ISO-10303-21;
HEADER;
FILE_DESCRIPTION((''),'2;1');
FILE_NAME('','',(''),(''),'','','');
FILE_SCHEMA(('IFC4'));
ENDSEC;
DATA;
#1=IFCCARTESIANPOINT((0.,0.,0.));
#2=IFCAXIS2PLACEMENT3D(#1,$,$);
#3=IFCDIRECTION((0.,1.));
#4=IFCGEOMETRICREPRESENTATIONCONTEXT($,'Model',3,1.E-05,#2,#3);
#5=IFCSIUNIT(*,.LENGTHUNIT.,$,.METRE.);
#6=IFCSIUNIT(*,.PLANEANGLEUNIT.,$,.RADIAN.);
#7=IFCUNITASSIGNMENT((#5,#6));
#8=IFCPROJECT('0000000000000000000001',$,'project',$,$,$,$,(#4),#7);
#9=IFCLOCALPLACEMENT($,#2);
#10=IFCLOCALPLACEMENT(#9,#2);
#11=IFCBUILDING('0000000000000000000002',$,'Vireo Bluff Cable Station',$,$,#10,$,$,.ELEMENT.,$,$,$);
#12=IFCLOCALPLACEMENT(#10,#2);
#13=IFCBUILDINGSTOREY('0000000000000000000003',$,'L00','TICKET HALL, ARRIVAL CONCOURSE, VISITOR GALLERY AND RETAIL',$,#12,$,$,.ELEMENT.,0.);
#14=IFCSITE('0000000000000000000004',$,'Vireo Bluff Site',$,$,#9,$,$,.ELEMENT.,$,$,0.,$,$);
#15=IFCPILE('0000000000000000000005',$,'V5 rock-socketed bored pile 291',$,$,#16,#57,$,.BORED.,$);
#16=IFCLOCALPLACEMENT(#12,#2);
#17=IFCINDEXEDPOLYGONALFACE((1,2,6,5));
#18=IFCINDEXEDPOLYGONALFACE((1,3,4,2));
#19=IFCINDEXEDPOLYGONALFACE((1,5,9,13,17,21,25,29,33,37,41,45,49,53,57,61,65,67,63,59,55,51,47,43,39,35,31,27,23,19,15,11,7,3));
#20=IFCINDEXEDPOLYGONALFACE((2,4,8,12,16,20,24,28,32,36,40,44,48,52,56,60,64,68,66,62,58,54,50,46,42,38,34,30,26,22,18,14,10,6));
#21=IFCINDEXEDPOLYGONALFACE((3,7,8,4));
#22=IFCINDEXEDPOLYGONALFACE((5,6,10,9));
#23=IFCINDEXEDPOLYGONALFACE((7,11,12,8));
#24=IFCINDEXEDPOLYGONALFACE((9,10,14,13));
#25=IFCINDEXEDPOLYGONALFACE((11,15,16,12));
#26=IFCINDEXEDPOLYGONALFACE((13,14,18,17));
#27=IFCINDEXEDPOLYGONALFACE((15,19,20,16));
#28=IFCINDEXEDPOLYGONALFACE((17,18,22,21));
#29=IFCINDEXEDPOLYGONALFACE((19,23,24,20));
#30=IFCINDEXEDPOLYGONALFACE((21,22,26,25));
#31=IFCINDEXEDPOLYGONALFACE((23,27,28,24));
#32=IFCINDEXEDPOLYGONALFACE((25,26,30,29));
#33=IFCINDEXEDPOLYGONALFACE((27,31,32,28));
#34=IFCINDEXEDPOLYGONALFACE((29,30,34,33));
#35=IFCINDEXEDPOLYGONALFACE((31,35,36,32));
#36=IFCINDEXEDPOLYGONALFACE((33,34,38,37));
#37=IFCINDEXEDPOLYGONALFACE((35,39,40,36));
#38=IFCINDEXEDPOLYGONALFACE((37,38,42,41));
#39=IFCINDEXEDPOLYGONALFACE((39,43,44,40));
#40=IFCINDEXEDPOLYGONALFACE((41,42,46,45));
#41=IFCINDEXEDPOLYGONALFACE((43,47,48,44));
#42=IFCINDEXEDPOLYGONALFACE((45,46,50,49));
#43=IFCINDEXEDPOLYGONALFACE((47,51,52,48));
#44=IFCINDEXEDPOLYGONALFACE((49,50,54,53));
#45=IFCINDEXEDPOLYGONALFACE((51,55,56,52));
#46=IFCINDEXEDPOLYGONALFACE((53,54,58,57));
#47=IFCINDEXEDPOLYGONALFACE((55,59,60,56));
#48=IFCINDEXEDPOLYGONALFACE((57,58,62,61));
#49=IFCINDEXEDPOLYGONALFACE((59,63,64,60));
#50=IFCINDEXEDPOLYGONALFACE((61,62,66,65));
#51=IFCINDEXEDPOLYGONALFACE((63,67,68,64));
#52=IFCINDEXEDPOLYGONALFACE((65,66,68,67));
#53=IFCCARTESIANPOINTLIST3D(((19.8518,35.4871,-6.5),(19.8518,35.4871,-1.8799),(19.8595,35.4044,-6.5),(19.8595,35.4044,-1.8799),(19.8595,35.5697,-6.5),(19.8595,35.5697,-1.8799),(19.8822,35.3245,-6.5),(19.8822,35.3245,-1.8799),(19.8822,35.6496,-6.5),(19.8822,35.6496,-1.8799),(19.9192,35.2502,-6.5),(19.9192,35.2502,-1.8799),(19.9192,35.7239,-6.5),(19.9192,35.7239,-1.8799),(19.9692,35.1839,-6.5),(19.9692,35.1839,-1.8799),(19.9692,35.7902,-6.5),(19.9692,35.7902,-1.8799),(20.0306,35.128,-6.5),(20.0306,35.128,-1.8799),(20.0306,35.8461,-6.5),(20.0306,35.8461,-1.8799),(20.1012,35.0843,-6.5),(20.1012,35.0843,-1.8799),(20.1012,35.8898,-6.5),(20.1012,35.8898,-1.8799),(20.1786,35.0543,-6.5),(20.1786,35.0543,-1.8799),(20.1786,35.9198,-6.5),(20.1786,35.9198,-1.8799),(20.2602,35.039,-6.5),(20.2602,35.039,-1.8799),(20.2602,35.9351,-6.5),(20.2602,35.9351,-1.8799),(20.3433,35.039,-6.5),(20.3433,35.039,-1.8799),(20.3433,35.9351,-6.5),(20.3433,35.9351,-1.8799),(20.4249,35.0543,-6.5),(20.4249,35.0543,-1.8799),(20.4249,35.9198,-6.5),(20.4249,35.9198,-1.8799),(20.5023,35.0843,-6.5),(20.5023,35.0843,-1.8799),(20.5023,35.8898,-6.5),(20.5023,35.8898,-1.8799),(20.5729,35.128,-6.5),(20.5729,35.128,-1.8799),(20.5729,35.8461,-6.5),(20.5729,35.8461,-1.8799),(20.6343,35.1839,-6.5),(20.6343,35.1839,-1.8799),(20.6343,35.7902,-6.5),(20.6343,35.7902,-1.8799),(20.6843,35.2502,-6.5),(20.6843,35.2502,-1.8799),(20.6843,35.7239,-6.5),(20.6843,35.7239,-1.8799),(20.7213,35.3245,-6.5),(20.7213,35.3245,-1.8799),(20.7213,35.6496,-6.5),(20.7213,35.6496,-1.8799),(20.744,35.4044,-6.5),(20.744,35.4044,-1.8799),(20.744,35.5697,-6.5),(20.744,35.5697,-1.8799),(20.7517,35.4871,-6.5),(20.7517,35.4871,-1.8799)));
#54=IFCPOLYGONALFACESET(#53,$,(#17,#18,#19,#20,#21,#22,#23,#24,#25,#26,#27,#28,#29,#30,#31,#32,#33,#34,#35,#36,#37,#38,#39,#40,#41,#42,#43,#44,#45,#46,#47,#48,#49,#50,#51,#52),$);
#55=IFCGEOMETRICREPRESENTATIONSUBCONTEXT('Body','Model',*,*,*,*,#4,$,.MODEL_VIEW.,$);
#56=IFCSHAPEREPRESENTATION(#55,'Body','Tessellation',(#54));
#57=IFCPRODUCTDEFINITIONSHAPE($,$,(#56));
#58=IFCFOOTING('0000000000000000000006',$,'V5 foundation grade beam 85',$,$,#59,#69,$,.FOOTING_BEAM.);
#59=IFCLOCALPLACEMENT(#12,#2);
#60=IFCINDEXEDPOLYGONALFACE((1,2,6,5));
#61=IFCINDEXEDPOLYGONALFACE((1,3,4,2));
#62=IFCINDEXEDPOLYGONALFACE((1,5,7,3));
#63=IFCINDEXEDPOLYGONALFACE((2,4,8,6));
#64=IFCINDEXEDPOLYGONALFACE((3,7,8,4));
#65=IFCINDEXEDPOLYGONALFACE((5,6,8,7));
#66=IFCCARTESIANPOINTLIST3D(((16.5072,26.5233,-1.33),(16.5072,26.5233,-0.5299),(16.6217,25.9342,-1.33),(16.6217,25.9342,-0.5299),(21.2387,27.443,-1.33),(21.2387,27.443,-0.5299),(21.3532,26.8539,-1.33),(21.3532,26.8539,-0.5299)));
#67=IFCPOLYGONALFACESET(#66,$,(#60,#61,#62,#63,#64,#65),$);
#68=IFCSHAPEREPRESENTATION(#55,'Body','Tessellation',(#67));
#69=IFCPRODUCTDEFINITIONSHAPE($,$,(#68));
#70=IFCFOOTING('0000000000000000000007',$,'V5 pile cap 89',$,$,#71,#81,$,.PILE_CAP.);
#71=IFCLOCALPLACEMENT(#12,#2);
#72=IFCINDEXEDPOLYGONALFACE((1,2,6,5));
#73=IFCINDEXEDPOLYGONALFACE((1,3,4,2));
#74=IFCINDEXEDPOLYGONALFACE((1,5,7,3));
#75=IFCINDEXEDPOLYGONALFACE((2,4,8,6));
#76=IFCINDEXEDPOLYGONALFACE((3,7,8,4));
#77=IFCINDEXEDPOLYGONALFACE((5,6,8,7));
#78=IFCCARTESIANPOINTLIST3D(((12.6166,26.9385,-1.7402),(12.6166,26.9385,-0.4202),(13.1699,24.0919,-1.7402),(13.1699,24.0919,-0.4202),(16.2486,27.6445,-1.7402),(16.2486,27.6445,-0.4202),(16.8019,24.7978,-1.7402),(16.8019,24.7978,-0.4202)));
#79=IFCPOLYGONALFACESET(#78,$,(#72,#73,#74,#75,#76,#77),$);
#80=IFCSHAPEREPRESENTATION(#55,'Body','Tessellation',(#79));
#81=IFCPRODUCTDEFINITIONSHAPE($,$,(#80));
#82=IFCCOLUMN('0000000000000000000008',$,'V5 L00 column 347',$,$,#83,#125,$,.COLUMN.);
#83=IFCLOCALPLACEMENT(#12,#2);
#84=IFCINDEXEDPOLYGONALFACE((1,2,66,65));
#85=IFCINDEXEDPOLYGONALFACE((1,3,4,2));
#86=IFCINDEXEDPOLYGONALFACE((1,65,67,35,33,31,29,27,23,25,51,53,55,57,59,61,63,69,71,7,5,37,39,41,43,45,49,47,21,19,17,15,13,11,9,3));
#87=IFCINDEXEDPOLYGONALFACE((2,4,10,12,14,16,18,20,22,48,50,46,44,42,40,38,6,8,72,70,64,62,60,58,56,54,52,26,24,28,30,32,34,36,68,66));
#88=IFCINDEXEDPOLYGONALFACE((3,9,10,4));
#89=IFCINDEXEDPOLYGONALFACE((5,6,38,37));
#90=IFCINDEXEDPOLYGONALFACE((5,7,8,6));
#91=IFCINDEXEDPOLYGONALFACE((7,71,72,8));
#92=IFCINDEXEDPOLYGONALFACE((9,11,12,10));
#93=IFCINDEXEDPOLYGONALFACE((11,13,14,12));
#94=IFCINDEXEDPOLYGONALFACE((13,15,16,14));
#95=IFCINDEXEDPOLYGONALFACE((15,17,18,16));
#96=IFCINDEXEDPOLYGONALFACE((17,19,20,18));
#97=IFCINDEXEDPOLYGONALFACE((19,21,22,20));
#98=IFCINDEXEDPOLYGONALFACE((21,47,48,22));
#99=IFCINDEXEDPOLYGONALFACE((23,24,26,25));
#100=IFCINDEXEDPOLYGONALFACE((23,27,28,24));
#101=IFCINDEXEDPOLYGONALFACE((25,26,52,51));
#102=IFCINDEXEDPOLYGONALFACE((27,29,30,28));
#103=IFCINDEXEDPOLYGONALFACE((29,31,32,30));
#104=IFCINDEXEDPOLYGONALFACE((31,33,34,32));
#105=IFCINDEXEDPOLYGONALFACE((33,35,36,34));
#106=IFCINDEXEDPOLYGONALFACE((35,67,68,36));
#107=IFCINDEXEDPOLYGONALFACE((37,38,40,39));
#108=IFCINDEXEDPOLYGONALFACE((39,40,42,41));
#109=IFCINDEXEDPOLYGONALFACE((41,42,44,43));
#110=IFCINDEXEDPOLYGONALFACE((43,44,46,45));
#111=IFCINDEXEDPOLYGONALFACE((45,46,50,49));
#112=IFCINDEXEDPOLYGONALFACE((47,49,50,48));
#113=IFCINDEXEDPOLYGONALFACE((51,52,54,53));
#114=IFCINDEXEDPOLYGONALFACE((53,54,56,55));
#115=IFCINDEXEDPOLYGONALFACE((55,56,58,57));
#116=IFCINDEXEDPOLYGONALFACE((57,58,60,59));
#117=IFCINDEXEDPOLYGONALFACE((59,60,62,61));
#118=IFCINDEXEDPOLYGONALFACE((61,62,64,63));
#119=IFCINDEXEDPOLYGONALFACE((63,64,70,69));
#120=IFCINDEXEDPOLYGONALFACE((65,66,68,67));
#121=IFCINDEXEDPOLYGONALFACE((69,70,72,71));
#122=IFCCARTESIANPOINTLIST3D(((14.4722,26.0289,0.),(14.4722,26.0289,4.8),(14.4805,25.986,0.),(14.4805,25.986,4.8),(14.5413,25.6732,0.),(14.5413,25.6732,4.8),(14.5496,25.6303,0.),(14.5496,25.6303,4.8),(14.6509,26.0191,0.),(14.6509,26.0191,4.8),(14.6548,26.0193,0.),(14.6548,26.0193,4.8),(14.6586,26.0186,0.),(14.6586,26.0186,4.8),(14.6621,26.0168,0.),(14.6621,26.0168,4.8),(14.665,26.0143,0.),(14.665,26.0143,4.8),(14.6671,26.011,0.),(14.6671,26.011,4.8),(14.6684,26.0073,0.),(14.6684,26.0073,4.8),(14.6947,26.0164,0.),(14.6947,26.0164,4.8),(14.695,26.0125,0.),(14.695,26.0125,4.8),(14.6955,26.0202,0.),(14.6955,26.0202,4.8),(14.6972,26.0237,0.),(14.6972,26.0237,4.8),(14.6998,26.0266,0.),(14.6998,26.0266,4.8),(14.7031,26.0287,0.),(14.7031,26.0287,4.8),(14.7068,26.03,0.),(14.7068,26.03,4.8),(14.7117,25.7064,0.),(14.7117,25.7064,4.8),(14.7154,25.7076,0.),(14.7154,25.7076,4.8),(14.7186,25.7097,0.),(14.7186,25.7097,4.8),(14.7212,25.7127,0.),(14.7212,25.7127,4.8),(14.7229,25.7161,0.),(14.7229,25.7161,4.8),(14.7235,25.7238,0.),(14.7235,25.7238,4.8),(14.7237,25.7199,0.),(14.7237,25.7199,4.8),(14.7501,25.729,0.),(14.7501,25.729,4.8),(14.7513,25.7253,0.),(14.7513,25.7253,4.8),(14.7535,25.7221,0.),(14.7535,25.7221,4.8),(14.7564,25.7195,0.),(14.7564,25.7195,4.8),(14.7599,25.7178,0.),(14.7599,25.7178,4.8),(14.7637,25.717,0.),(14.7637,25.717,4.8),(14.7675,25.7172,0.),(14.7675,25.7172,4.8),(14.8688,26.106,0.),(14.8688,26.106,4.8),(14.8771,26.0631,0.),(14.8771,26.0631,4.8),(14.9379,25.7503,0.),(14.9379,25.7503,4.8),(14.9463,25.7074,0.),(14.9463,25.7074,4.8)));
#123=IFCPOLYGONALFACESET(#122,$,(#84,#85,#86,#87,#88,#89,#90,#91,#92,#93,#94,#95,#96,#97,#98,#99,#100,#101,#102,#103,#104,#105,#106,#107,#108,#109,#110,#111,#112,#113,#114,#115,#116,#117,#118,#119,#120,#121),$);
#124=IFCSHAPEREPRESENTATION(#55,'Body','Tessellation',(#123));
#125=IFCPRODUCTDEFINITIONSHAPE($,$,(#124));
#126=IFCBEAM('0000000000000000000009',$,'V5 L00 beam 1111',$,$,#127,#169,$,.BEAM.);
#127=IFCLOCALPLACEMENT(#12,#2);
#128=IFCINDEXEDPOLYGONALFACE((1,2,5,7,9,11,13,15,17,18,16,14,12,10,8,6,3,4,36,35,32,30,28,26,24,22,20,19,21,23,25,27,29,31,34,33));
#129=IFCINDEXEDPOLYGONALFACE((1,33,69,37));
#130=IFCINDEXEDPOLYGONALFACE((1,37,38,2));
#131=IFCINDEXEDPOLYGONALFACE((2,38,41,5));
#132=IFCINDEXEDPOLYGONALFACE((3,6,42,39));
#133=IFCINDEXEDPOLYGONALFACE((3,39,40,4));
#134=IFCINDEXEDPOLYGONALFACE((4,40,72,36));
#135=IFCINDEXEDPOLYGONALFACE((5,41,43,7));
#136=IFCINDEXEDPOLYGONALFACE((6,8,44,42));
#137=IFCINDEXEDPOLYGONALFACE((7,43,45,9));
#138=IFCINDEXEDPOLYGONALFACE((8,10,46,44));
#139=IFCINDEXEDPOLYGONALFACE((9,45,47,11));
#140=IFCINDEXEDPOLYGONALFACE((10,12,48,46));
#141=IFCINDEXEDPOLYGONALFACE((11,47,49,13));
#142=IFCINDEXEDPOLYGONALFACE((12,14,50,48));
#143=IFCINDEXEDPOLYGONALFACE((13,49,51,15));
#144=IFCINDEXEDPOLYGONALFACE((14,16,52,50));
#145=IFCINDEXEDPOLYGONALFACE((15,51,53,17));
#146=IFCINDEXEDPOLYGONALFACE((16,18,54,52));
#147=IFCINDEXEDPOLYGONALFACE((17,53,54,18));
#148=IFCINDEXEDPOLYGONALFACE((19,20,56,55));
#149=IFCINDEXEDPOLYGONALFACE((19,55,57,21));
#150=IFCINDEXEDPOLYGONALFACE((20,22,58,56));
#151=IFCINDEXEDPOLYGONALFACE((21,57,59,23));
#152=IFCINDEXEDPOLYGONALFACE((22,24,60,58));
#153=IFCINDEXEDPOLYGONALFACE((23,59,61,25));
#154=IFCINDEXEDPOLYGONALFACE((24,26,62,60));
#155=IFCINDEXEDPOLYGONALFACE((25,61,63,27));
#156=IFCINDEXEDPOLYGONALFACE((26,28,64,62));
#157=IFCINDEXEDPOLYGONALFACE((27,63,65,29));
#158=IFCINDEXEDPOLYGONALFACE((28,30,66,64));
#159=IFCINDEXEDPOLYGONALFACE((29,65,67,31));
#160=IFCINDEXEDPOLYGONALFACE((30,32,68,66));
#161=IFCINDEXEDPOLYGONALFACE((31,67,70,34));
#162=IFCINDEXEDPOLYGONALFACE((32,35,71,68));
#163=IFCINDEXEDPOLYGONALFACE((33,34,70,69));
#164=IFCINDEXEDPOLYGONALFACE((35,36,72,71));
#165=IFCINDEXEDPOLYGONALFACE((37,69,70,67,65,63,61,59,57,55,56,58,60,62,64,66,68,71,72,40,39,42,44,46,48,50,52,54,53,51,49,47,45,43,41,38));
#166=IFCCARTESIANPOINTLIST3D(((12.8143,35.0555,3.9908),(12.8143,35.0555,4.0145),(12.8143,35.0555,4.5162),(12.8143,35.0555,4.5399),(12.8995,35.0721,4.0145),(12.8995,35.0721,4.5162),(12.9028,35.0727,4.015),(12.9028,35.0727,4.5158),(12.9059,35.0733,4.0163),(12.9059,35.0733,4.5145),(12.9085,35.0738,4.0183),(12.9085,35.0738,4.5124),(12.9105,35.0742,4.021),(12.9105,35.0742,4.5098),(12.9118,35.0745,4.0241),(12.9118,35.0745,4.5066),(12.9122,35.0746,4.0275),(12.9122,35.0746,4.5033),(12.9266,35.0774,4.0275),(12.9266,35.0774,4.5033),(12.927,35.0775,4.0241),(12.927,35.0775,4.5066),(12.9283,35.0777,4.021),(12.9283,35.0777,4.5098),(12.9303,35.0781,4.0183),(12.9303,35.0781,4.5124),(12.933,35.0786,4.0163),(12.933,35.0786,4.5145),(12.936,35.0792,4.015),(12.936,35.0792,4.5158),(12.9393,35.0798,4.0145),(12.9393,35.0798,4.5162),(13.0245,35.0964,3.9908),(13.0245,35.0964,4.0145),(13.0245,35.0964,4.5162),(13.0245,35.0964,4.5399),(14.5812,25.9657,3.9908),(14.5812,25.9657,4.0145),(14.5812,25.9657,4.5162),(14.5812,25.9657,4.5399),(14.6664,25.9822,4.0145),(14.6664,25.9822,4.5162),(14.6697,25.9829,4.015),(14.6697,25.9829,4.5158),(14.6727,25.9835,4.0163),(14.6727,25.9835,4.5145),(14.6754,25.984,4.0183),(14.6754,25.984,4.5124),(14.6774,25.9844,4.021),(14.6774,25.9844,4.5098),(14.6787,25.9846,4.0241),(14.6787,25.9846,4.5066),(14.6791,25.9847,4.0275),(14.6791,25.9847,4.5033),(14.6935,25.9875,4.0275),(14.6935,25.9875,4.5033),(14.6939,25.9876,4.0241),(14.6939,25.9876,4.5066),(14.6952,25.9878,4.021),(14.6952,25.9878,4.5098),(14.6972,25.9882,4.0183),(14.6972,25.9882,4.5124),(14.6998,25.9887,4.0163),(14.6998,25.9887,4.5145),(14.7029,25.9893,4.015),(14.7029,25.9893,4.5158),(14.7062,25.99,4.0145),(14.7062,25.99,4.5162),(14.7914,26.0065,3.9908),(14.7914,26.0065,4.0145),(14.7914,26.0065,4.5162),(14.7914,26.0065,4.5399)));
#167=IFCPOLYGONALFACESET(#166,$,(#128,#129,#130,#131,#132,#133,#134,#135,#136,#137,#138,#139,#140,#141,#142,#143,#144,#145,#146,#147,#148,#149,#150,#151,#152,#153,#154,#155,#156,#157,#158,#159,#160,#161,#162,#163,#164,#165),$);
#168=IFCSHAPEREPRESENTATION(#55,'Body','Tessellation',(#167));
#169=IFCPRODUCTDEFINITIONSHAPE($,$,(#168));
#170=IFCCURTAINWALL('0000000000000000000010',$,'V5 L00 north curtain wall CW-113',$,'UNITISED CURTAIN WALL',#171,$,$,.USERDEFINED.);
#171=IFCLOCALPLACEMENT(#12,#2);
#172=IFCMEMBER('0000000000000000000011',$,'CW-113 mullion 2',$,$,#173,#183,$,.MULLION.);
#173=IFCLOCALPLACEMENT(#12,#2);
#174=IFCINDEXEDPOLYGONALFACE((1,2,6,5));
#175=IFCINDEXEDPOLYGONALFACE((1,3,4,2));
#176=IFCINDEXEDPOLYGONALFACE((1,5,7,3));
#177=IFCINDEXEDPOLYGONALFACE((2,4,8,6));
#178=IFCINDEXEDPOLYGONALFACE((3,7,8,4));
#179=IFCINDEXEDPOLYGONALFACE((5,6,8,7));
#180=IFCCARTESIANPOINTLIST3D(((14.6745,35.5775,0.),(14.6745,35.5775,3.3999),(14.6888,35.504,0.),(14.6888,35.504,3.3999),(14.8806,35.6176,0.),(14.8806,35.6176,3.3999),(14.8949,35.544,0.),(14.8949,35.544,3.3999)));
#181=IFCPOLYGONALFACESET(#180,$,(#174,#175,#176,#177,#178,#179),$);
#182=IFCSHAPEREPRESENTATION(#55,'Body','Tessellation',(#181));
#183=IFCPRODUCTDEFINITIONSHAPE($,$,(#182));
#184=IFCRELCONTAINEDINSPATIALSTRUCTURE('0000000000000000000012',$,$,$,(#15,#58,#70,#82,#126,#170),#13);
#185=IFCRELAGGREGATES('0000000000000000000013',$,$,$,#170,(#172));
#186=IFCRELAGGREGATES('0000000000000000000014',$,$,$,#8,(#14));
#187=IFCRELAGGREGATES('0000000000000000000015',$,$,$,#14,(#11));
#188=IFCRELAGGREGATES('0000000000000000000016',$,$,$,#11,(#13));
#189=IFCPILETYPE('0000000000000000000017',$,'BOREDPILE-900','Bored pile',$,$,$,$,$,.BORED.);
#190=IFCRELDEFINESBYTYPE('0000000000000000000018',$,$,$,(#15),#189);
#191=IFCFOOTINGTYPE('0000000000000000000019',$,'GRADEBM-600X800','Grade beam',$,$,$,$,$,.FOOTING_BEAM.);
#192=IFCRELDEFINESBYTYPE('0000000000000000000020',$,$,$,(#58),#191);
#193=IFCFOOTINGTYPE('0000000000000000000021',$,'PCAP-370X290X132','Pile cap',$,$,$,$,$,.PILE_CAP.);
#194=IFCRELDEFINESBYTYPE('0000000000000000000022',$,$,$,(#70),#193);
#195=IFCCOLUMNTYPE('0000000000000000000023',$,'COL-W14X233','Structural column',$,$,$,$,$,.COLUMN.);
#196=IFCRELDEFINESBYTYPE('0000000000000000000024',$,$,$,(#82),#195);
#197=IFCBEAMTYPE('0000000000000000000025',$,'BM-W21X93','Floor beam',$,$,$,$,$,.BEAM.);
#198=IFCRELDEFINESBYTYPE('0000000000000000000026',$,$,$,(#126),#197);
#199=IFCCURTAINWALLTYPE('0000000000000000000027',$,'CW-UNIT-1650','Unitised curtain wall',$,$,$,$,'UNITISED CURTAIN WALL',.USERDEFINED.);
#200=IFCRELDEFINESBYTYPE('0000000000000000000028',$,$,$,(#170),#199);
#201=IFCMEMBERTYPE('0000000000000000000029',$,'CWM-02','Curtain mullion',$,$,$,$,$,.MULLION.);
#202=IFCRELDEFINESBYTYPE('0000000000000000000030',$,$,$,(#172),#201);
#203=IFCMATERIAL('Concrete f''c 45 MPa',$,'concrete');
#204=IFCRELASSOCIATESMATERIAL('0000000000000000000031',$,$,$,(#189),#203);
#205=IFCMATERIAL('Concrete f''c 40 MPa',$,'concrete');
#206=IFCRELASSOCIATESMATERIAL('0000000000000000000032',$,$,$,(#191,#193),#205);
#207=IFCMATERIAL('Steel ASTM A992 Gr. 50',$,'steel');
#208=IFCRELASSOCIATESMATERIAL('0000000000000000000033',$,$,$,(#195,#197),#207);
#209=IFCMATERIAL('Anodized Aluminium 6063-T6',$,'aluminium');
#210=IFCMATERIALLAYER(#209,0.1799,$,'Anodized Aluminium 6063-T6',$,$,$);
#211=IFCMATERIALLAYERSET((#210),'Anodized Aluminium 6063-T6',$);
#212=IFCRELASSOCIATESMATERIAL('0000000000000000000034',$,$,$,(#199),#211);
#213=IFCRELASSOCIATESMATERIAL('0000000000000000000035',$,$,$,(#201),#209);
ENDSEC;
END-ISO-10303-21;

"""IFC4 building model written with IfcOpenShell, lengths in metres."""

from ifc_helpers import new_model, si_unit, direction, frame, origin, origin_2d, place, context, subcontext, project, spatial, rectangle, circle, i_section, extrude, material, layer, layer_set, material_profile, profile_set, type_object, element, aggregate, save


model = new_model("IFC4")

# Units and contexts
model_context = context("Model", 3, precision=1e-05, world=origin(), true_north=direction((0.0, 1.0)))
body_context = subcontext(model_context, "Body", "Model", "MODEL_VIEW")
ifc_project = project(units=[si_unit("LENGTHUNIT", "METRE"), si_unit("PLANEANGLEUNIT", "RADIAN")], contexts=[model_context])

# Site, building, storey
site_placement = place(None, origin())
site = spatial("IfcSite", under=ifc_project, at=site_placement, Name="Vireo Bluff Site", CompositionType="ELEMENT", RefElevation=0.0)
building_placement = place(site_placement, origin())
building = spatial("IfcBuilding", under=site, at=building_placement, Name="Vireo Bluff Cable Station", CompositionType="ELEMENT")
storey_placement = place(building_placement, origin())
storey = spatial("IfcBuildingStorey", under=building, at=storey_placement, Name="L00", Description="TICKET HALL, ARRIVAL CONCOURSE, VISITOR GALLERY AND RETAIL", CompositionType="ELEMENT", Elevation=0.0)

# Pile
ifc_material_1 = material(Name="Concrete f'c 45 MPa", Category="concrete")
ifc_material_profile_1 = material_profile(ifc_material_1, circle(Radius=0.45, at=origin_2d()), Name="BOREDPILE-900")
ifc_profile_set_1 = profile_set([ifc_material_profile_1], Name="Concrete f'c 45 MPa")
pile_type_1 = type_object("IfcPileType", Name="BOREDPILE-900", Description="Bored pile", PredefinedType="BORED", material=ifc_profile_set_1)
pile_1_placement = place(storey_placement, frame((20.3018, 35.4871, -1.8799), z_axis=(0.0, 0.0, -1.0), x_axis=(1.0, 0.0, 0.0)))
element("IfcPile", 1, at=pile_1_placement, inside=storey, type_object=pile_type_1, Name="V5 rock-socketed bored pile 291", PredefinedType="BORED", context=body_context, shape_type="SweptSolid", body=[
    extrude(circle(Radius=0.45, at=origin_2d()), origin(), (0.0, 0.0, 1.0), 4.6201),
])

# Footings
ifc_material_2 = material(Name="Concrete f'c 40 MPa", Category="concrete")
ifc_material_profile_2 = material_profile(ifc_material_2, rectangle(XDim=0.6001, YDim=0.8, at=origin_2d()), Name="GRADEBM-600X800")
ifc_profile_set_2 = profile_set([ifc_material_profile_2], Name="Concrete f'c 40 MPa")
footing_type_1 = type_object("IfcFootingType", Name="GRADEBM-600X800", Description="Grade beam", PredefinedType="FOOTING_BEAM", material=ifc_profile_set_2)
footing_1_placement = place(storey_placement, frame((16.5645, 26.2288, -0.9299), z_axis=(0.981628, 0.190805, 0.0), x_axis=(-0.190805, 0.981628, 0.0)))
element("IfcFooting", 2, at=footing_1_placement, inside=storey, type_object=footing_type_1, Name="V5 foundation grade beam 85", PredefinedType="FOOTING_BEAM", context=body_context, shape_type="SweptSolid", body=[
    extrude(rectangle(XDim=0.6001, YDim=0.8, at=origin_2d()), origin(), (0.0, 0.0, 1.0), 4.8201),
])
footing_type_2 = type_object("IfcFootingType", Name="PCAP-370X290X132", Description="Pile cap", PredefinedType="PILE_CAP", material=ifc_material_2)
footing_2_placement = place(storey_placement, frame((14.7092, 25.8682, -1.7402), z_axis=(0.0, 0.0, 1.0), x_axis=(0.981627, 0.190809, 0.0)))
element("IfcFooting", 3, at=footing_2_placement, inside=storey, type_object=footing_type_2, Name="V5 pile cap 89", PredefinedType="PILE_CAP", context=body_context, shape_type="SweptSolid", body=[
    extrude(rectangle(XDim=3.7, YDim=2.8999, at=origin_2d()), origin(), (0.0, 0.0, 1.0), 1.3201),
])

# Column
ifc_material_3 = material(Name="Steel ASTM A992 Gr. 50", Category="steel")
ifc_material_profile_3 = material_profile(ifc_material_3, i_section(OverallWidth=0.4041, OverallDepth=0.406, WebThickness=0.0271, FlangeThickness=0.0437, FilletRadius=0.0149, at=origin_2d()), Name="W14X233")
ifc_profile_set_3 = profile_set([ifc_material_profile_3], Name="Steel ASTM A992 Gr. 50")
column_type = type_object("IfcColumnType", Name="COL-W14X233", Description="Structural column", PredefinedType="COLUMN", material=ifc_profile_set_3)
column_placement = place(storey_placement, frame((14.7092, 25.8682, 0.0), z_axis=(0.0, 0.0, 1.0), x_axis=(0.981627, 0.190809, 0.0)))
element("IfcColumn", 4, at=column_placement, inside=storey, type_object=column_type, Name="V5 L00 column 347", PredefinedType="COLUMN", context=body_context, shape_type="SweptSolid", body=[
    extrude(i_section(OverallWidth=0.4041, OverallDepth=0.406, WebThickness=0.0271, FlangeThickness=0.0437, FilletRadius=0.0149, at=origin_2d()), origin(), (0.0, 0.0, 1.0), 4.8),
])

# Beam
ifc_material_profile_4 = material_profile(ifc_material_3, i_section(OverallWidth=0.2141, OverallDepth=0.5491, WebThickness=0.0146, FlangeThickness=0.0237, FilletRadius=0.0129, at=origin_2d()), Name="W21X93")
ifc_profile_set_4 = profile_set([ifc_material_profile_4], Name="Steel ASTM A992 Gr. 50")
beam_type_1 = type_object("IfcBeamType", Name="BM-W21X93", Description="Floor beam", PredefinedType="BEAM", material=ifc_profile_set_4)
beam_1_placement = place(storey_placement, frame((14.6863, 25.9861, 4.2654), z_axis=(-0.190805, 0.981628, 0.0), x_axis=(-0.981628, -0.190805, 0.0)))
element("IfcBeam", 5, at=beam_1_placement, inside=storey, type_object=beam_type_1, Name="V5 L00 beam 1111", PredefinedType="BEAM", context=body_context, shape_type="SweptSolid", body=[
    extrude(i_section(OverallWidth=0.2141, OverallDepth=0.5491, WebThickness=0.0146, FlangeThickness=0.0237, FilletRadius=0.0129, at=origin_2d()), origin(), (0.0, 0.0, 1.0), 9.26),
])

# Curtain wall, member
ifc_material_4 = material(Name="Anodized Aluminium 6063-T6", Category="aluminium")
ifc_layer_1 = layer(ifc_material_4, 0.1799, Name="Anodized Aluminium 6063-T6")
ifc_layer_set_1 = layer_set([ifc_layer_1], Name="Anodized Aluminium 6063-T6")
curtain_wall_type = type_object("IfcCurtainWallType", Name="CW-UNIT-1650", Description="Unitised curtain wall", ElementType="UNITISED CURTAIN WALL", PredefinedType="USERDEFINED", material=ifc_layer_set_1)
curtain_wall_placement = place(storey_placement, origin())
curtain_wall = element("IfcCurtainWall", 6, at=curtain_wall_placement, inside=storey, type_object=curtain_wall_type, Name="V5 L00 north curtain wall CW-113", ObjectType="UNITISED CURTAIN WALL", PredefinedType="USERDEFINED")
ifc_material_profile_5 = material_profile(ifc_material_4, rectangle(XDim=0.075, YDim=0.21, at=origin_2d()), Name="ALU-M-75X210")
ifc_profile_set_5 = profile_set([ifc_material_profile_5], Name="Anodized Aluminium 6063-T6")
member_type_1 = type_object("IfcMemberType", Name="CWM-02", Description="Curtain mullion", PredefinedType="MULLION", material=ifc_profile_set_5)
member_1_placement = place(storey_placement, frame((14.7847, 35.5608, 0.0), z_axis=(0.0, 0.0, 1.0), x_axis=(-0.190809, 0.981627, 0.0)))
member_1 = element("IfcMember", 7, at=member_1_placement, type_object=member_type_1, Name="CW-113 mullion 2", PredefinedType="MULLION", context=body_context, shape_type="SweptSolid", body=[
    extrude(rectangle(XDim=0.075, YDim=0.21, at=origin_2d()), origin(), (0.0, 0.0, 1.0), 3.3999),
])

aggregate(curtain_wall, [member_1])

save(model, "model.ifc")
